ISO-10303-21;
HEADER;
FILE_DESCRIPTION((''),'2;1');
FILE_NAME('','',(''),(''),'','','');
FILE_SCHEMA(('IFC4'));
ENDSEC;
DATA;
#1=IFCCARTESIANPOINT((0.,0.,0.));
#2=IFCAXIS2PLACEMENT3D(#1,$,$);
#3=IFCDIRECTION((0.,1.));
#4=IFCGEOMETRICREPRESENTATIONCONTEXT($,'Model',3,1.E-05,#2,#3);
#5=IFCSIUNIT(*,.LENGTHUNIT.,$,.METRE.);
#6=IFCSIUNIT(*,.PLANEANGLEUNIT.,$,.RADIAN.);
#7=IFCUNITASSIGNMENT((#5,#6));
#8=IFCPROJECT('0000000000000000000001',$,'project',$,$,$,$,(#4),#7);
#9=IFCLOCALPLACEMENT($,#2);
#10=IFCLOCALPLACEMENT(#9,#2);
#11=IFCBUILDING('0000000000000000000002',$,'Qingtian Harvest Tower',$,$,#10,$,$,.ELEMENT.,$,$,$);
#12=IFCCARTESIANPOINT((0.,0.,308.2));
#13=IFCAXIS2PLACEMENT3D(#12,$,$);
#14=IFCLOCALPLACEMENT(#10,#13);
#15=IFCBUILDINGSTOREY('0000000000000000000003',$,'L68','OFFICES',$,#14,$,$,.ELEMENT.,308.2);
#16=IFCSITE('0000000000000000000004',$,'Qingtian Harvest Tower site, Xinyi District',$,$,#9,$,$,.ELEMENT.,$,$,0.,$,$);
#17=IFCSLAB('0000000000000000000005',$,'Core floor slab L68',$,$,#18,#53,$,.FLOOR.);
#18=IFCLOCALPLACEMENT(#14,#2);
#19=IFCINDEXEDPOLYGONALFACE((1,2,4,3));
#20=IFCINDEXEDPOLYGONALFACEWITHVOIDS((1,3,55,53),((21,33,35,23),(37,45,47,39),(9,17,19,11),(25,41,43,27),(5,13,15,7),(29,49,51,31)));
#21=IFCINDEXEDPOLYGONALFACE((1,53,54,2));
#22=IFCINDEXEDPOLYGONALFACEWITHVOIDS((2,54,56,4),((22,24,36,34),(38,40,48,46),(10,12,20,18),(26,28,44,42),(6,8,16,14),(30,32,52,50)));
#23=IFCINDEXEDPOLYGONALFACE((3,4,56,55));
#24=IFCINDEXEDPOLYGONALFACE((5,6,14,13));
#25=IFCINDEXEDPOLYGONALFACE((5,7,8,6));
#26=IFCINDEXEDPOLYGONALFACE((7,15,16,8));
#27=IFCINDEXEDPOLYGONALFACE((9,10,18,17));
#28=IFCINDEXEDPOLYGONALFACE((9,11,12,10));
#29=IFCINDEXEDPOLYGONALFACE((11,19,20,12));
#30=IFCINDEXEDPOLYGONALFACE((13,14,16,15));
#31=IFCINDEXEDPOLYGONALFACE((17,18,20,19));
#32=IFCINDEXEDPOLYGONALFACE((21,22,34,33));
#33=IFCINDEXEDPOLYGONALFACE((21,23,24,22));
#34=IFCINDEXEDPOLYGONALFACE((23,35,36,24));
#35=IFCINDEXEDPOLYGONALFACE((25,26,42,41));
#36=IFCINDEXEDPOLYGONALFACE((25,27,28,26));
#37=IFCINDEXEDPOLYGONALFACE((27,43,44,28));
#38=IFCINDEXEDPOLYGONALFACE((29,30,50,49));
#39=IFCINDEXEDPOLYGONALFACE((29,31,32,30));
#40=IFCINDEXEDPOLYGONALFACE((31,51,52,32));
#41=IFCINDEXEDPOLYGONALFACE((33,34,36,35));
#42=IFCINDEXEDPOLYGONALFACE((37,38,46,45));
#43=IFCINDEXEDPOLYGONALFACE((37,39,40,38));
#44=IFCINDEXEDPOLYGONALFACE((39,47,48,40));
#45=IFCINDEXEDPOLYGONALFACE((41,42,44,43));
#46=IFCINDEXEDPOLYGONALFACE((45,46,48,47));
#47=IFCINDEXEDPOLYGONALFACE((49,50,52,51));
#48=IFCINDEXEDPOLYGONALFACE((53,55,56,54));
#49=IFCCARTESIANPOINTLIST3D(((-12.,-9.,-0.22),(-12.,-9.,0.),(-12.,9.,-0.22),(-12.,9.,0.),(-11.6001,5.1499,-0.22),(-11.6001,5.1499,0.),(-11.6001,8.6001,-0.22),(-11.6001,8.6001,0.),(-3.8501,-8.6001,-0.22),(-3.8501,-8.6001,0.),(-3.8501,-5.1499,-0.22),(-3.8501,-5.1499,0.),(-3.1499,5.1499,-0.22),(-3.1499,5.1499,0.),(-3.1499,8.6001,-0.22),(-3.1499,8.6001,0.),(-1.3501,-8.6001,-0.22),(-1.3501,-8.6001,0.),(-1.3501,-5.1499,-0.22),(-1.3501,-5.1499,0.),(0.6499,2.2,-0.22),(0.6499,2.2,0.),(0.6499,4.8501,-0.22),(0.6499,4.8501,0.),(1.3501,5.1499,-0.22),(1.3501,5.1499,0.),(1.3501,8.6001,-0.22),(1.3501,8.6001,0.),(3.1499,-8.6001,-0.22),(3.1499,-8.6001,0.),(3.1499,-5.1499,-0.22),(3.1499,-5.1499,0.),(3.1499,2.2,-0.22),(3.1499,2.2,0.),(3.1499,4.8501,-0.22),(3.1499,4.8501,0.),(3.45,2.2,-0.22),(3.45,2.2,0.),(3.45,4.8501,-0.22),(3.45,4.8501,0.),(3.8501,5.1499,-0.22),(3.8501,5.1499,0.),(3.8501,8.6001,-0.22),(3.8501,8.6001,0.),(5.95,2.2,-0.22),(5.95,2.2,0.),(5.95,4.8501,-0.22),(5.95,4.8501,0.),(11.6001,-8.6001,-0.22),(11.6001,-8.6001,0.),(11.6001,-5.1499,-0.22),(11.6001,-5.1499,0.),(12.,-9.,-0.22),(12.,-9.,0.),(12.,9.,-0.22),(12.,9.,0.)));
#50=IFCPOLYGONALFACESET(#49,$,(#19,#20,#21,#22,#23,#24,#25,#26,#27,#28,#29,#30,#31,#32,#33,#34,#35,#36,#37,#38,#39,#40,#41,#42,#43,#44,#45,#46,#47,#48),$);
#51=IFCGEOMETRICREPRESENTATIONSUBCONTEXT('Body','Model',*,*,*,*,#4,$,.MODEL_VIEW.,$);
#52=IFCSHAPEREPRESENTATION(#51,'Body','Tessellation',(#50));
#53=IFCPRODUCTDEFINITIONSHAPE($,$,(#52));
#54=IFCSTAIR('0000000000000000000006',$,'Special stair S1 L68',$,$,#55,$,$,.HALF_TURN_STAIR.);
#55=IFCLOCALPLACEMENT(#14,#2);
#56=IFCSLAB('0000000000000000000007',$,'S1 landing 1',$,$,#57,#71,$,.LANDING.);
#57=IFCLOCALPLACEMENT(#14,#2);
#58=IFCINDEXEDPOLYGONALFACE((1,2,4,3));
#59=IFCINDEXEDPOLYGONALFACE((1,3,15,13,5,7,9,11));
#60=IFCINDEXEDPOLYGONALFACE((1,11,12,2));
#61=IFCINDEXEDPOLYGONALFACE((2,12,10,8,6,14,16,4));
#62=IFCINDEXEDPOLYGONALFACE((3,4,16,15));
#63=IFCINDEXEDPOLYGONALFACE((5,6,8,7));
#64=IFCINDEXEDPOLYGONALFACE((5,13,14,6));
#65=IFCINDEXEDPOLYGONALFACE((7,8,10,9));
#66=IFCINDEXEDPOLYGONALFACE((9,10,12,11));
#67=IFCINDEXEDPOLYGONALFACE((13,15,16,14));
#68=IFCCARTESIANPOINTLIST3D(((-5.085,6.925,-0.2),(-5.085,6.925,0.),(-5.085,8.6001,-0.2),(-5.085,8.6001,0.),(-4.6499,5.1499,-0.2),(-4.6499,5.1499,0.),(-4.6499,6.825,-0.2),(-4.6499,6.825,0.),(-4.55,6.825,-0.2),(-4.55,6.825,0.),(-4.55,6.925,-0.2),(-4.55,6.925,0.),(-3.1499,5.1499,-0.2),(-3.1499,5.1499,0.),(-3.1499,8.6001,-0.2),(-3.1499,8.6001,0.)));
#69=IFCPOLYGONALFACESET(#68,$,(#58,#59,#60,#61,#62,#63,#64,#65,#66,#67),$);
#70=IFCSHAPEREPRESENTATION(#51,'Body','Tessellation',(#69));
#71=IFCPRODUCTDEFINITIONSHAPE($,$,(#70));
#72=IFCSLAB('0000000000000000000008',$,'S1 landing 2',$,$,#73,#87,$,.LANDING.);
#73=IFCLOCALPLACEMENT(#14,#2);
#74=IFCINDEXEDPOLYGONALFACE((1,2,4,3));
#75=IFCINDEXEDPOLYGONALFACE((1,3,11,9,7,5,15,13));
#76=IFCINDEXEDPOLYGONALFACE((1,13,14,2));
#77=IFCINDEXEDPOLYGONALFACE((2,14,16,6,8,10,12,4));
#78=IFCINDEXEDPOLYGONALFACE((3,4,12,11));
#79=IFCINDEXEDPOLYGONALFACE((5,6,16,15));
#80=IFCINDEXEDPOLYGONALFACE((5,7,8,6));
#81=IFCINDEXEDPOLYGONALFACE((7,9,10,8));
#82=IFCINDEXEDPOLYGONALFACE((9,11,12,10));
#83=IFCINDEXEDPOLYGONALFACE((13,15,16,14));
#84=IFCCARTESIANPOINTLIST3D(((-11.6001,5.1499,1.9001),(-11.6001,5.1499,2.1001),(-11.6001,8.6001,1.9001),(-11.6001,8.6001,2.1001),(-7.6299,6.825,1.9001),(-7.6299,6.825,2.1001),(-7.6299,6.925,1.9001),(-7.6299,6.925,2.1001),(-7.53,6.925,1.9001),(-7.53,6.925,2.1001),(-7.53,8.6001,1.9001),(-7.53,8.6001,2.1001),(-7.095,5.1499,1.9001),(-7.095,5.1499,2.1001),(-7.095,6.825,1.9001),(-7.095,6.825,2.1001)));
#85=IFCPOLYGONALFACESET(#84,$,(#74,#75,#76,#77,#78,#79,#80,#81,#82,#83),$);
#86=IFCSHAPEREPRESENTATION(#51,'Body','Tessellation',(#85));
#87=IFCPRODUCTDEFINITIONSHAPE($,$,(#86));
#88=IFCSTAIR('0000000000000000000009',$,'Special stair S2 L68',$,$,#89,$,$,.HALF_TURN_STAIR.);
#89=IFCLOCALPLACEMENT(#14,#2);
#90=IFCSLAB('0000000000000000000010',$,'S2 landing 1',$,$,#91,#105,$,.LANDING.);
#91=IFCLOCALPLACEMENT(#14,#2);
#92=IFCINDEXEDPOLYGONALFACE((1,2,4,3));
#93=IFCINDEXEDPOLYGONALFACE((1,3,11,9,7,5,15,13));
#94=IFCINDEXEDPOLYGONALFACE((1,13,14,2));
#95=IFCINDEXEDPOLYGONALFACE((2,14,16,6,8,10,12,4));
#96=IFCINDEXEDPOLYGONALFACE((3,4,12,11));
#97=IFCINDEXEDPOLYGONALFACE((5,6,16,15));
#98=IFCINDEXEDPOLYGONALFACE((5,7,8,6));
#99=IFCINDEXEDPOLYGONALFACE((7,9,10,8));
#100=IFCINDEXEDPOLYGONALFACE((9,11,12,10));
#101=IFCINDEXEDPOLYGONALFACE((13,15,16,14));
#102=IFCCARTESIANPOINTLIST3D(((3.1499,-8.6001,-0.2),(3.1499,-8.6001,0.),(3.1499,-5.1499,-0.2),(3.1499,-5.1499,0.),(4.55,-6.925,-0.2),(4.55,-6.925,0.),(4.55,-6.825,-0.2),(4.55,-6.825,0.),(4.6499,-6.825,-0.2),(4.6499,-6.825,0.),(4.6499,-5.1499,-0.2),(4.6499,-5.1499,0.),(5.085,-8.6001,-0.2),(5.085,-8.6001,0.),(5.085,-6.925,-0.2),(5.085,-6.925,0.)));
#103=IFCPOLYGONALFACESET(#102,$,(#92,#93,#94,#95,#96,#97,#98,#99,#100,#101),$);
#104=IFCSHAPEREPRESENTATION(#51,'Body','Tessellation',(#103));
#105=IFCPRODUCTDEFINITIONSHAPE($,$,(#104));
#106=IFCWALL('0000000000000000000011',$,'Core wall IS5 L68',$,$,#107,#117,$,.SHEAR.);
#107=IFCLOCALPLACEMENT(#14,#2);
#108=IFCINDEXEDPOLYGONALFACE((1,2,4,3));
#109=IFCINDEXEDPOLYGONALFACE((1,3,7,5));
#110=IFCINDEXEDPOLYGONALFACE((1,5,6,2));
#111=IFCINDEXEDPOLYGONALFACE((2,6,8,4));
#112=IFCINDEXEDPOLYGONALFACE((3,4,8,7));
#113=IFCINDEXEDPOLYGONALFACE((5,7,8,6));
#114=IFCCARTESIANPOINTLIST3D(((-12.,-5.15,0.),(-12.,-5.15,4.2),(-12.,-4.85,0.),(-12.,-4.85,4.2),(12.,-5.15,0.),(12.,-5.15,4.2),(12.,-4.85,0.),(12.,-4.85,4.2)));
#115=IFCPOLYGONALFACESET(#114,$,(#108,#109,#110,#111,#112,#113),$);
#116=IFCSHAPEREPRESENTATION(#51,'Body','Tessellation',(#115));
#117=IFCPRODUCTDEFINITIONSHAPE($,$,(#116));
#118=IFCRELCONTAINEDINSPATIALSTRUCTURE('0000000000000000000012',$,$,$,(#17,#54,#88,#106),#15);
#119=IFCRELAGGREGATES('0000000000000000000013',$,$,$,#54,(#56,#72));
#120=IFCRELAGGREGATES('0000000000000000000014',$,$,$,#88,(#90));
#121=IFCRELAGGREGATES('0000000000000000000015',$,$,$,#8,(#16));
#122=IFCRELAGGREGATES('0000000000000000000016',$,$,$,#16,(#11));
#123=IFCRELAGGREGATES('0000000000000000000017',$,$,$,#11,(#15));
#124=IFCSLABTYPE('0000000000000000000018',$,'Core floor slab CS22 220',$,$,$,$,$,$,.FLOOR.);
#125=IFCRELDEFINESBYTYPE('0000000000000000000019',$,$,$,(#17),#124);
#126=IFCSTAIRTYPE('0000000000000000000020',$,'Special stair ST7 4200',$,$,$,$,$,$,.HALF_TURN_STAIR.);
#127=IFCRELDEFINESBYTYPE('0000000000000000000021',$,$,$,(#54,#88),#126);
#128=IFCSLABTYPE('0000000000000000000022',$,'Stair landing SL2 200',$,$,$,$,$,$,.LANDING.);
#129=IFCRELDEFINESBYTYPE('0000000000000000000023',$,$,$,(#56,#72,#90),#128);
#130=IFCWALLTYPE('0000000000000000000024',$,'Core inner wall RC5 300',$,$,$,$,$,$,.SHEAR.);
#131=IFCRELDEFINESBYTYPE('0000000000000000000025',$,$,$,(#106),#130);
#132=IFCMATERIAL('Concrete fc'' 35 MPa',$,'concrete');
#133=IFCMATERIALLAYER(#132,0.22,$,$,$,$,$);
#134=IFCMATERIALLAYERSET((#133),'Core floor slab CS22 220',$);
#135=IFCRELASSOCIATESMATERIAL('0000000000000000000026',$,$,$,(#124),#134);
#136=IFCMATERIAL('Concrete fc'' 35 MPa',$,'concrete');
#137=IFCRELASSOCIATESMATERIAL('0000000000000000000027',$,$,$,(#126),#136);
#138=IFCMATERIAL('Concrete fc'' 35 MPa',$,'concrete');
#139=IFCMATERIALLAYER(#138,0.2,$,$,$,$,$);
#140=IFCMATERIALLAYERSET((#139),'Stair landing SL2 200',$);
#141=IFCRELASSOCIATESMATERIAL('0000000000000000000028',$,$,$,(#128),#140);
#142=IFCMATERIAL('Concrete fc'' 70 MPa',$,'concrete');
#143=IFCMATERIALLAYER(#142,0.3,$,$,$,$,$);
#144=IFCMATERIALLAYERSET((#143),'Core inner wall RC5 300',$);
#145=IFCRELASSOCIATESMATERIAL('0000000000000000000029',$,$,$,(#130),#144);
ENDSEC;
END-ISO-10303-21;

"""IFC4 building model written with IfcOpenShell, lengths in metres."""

from ifc_helpers import new_model, si_unit, direction, frame, frame_2d, origin, place, context, subcontext, project, spatial, polyline, rectangle, outline, extrude, material, layer, layer_set, type_object, element, aggregate, save


model = new_model("IFC4")

# Units and contexts
model_context = context("Model", 3, precision=1e-05, world=origin(), true_north=direction((0.0, 1.0)))
body_context = subcontext(model_context, "Body", "Model", "MODEL_VIEW")
ifc_project = project(units=[si_unit("LENGTHUNIT", "METRE"), si_unit("PLANEANGLEUNIT", "RADIAN")], contexts=[model_context])

# Site, building, storey
site_placement = place(None, origin())
site = spatial("IfcSite", under=ifc_project, at=site_placement, Name="Qingtian Harvest Tower site, Xinyi District", CompositionType="ELEMENT", RefElevation=0.0)
building_placement = place(site_placement, origin())
building = spatial("IfcBuilding", under=site, at=building_placement, Name="Qingtian Harvest Tower", CompositionType="ELEMENT")
storey_placement = place(building_placement, frame((0.0, 0.0, 308.2)))
storey = spatial("IfcBuildingStorey", under=building, at=storey_placement, Name="L68", Description="OFFICES", CompositionType="ELEMENT", Elevation=308.2)

# Slab
ifc_material_1 = material(Name="Concrete fc' 35 MPa", Category="concrete")
ifc_layer_1 = layer(ifc_material_1, 0.22)
ifc_layer_set_1 = layer_set([ifc_layer_1], Name="Core floor slab CS22 220")
slab_type_1 = type_object("IfcSlabType", Name="Core floor slab CS22 220", PredefinedType="FLOOR", material=ifc_layer_set_1)
slab_1_placement = place(storey_placement, frame((0.0, 0.0, -0.22)))
element("IfcSlab", 1, at=slab_1_placement, inside=storey, type_object=slab_type_1, Name="Core floor slab L68", PredefinedType="FLOOR", context=body_context, shape_type="SweptSolid", body=[
    extrude(outline(polyline([(-12.0, -9.0), (12.0, -9.0), (12.0, 9.0), (-12.0, 9.0), (-12.0, -9.0)]), holes=[polyline([(-11.6001, 5.1499), (-3.1499, 5.1499), (-3.1499, 8.6001), (-11.6001, 8.6001), (-11.6001, 5.1499)]), polyline([(3.1499, -8.6001), (11.6001, -8.6001), (11.6001, -5.1499), (3.1499, -5.1499), (3.1499, -8.6001)]), polyline([(1.3501, 5.1499), (3.8501, 5.1499), (3.8501, 8.6001), (1.3501, 8.6001), (1.3501, 5.1499)]), polyline([(-3.8501, -8.6001), (-1.3501, -8.6001), (-1.3501, -5.1499), (-3.8501, -5.1499), (-3.8501, -8.6001)]), polyline([(0.6499, 2.2), (3.1499, 2.2), (3.1499, 4.8501), (0.6499, 4.8501), (0.6499, 2.2)]), polyline([(3.45, 2.2), (5.95, 2.2), (5.95, 4.8501), (3.45, 4.8501), (3.45, 2.2)])]), origin(), (0.0, 0.0, 1.0), 0.22),
])

# Stair, slabs
ifc_material_2 = material(Name="Concrete fc' 35 MPa", Category="concrete")
stair_type = type_object("IfcStairType", Name="Special stair ST7 4200", PredefinedType="HALF_TURN_STAIR", material=ifc_material_2)
stair_1_placement = place(storey_placement, origin())
stair_1 = element("IfcStair", 2, at=stair_1_placement, inside=storey, type_object=stair_type, Name="Special stair S1 L68", PredefinedType="HALF_TURN_STAIR")
ifc_material_3 = material(Name="Concrete fc' 35 MPa", Category="concrete")
ifc_layer_2 = layer(ifc_material_3, 0.2)
ifc_layer_set_2 = layer_set([ifc_layer_2], Name="Stair landing SL2 200")
slab_type_2 = type_object("IfcSlabType", Name="Stair landing SL2 200", PredefinedType="LANDING", material=ifc_layer_set_2)
slab_2_placement = place(storey_placement, frame((0.0, 0.0, -0.2)))
slab_2 = element("IfcSlab", 3, at=slab_2_placement, type_object=slab_type_2, Name="S1 landing 1", PredefinedType="LANDING", context=body_context, shape_type="SweptSolid", body=[
    extrude(outline(polyline([(-4.6499, 5.1499), (-4.6499, 6.825), (-4.55, 6.825), (-4.55, 6.925), (-5.085, 6.925), (-5.085, 8.6001), (-3.1499, 8.6001), (-3.1499, 5.1499), (-4.6499, 5.1499)])), origin(), (0.0, 0.0, 1.0), 0.2),
])
slab_3_placement = place(storey_placement, frame((0.0, 0.0, 1.9001)))
slab_3 = element("IfcSlab", 4, at=slab_3_placement, type_object=slab_type_2, Name="S1 landing 2", PredefinedType="LANDING", context=body_context, shape_type="SweptSolid", body=[
    extrude(outline(polyline([(-7.095, 5.1499), (-11.6001, 5.1499), (-11.6001, 8.6001), (-7.53, 8.6001), (-7.53, 6.925), (-7.6299, 6.925), (-7.6299, 6.825), (-7.095, 6.825), (-7.095, 5.1499)])), origin(), (0.0, 0.0, 1.0), 0.2),
])
aggregate(stair_1, [slab_2, slab_3])

# Stair, slab
stair_2_placement = place(storey_placement, origin())
stair_2 = element("IfcStair", 5, at=stair_2_placement, inside=storey, type_object=stair_type, Name="Special stair S2 L68", PredefinedType="HALF_TURN_STAIR")
slab_4_placement = place(storey_placement, frame((0.0, 0.0, -0.2)))
slab_4 = element("IfcSlab", 6, at=slab_4_placement, type_object=slab_type_2, Name="S2 landing 1", PredefinedType="LANDING", context=body_context, shape_type="SweptSolid", body=[
    extrude(outline(polyline([(5.085, -8.6001), (3.1499, -8.6001), (3.1499, -5.1499), (4.6499, -5.1499), (4.6499, -6.825), (4.55, -6.825), (4.55, -6.925), (5.085, -6.925), (5.085, -8.6001)])), origin(), (0.0, 0.0, 1.0), 0.2),
])
aggregate(stair_2, [slab_4])

# Wall
ifc_material_4 = material(Name="Concrete fc' 70 MPa", Category="concrete")
ifc_layer_3 = layer(ifc_material_4, 0.3)
ifc_layer_set_3 = layer_set([ifc_layer_3], Name="Core inner wall RC5 300")
wall_type_1 = type_object("IfcWallType", Name="Core inner wall RC5 300", PredefinedType="SHEAR", material=ifc_layer_set_3)
wall_1_placement = place(storey_placement, frame((-12.0, -5.0, 0.0), z_axis=(0.0, 0.0, 1.0), x_axis=(1.0, 0.0, 0.0)))
element("IfcWall", 7, at=wall_1_placement, inside=storey, type_object=wall_type_1, Name="Core wall IS5 L68", PredefinedType="SHEAR", context=body_context, shape_type="SweptSolid", body=[
    extrude(rectangle(XDim=24.0, YDim=0.3, at=frame_2d((12.0, 0.0))), origin(), (0.0, 0.0, 1.0), 4.2),
])

save(model, "model.ifc")
